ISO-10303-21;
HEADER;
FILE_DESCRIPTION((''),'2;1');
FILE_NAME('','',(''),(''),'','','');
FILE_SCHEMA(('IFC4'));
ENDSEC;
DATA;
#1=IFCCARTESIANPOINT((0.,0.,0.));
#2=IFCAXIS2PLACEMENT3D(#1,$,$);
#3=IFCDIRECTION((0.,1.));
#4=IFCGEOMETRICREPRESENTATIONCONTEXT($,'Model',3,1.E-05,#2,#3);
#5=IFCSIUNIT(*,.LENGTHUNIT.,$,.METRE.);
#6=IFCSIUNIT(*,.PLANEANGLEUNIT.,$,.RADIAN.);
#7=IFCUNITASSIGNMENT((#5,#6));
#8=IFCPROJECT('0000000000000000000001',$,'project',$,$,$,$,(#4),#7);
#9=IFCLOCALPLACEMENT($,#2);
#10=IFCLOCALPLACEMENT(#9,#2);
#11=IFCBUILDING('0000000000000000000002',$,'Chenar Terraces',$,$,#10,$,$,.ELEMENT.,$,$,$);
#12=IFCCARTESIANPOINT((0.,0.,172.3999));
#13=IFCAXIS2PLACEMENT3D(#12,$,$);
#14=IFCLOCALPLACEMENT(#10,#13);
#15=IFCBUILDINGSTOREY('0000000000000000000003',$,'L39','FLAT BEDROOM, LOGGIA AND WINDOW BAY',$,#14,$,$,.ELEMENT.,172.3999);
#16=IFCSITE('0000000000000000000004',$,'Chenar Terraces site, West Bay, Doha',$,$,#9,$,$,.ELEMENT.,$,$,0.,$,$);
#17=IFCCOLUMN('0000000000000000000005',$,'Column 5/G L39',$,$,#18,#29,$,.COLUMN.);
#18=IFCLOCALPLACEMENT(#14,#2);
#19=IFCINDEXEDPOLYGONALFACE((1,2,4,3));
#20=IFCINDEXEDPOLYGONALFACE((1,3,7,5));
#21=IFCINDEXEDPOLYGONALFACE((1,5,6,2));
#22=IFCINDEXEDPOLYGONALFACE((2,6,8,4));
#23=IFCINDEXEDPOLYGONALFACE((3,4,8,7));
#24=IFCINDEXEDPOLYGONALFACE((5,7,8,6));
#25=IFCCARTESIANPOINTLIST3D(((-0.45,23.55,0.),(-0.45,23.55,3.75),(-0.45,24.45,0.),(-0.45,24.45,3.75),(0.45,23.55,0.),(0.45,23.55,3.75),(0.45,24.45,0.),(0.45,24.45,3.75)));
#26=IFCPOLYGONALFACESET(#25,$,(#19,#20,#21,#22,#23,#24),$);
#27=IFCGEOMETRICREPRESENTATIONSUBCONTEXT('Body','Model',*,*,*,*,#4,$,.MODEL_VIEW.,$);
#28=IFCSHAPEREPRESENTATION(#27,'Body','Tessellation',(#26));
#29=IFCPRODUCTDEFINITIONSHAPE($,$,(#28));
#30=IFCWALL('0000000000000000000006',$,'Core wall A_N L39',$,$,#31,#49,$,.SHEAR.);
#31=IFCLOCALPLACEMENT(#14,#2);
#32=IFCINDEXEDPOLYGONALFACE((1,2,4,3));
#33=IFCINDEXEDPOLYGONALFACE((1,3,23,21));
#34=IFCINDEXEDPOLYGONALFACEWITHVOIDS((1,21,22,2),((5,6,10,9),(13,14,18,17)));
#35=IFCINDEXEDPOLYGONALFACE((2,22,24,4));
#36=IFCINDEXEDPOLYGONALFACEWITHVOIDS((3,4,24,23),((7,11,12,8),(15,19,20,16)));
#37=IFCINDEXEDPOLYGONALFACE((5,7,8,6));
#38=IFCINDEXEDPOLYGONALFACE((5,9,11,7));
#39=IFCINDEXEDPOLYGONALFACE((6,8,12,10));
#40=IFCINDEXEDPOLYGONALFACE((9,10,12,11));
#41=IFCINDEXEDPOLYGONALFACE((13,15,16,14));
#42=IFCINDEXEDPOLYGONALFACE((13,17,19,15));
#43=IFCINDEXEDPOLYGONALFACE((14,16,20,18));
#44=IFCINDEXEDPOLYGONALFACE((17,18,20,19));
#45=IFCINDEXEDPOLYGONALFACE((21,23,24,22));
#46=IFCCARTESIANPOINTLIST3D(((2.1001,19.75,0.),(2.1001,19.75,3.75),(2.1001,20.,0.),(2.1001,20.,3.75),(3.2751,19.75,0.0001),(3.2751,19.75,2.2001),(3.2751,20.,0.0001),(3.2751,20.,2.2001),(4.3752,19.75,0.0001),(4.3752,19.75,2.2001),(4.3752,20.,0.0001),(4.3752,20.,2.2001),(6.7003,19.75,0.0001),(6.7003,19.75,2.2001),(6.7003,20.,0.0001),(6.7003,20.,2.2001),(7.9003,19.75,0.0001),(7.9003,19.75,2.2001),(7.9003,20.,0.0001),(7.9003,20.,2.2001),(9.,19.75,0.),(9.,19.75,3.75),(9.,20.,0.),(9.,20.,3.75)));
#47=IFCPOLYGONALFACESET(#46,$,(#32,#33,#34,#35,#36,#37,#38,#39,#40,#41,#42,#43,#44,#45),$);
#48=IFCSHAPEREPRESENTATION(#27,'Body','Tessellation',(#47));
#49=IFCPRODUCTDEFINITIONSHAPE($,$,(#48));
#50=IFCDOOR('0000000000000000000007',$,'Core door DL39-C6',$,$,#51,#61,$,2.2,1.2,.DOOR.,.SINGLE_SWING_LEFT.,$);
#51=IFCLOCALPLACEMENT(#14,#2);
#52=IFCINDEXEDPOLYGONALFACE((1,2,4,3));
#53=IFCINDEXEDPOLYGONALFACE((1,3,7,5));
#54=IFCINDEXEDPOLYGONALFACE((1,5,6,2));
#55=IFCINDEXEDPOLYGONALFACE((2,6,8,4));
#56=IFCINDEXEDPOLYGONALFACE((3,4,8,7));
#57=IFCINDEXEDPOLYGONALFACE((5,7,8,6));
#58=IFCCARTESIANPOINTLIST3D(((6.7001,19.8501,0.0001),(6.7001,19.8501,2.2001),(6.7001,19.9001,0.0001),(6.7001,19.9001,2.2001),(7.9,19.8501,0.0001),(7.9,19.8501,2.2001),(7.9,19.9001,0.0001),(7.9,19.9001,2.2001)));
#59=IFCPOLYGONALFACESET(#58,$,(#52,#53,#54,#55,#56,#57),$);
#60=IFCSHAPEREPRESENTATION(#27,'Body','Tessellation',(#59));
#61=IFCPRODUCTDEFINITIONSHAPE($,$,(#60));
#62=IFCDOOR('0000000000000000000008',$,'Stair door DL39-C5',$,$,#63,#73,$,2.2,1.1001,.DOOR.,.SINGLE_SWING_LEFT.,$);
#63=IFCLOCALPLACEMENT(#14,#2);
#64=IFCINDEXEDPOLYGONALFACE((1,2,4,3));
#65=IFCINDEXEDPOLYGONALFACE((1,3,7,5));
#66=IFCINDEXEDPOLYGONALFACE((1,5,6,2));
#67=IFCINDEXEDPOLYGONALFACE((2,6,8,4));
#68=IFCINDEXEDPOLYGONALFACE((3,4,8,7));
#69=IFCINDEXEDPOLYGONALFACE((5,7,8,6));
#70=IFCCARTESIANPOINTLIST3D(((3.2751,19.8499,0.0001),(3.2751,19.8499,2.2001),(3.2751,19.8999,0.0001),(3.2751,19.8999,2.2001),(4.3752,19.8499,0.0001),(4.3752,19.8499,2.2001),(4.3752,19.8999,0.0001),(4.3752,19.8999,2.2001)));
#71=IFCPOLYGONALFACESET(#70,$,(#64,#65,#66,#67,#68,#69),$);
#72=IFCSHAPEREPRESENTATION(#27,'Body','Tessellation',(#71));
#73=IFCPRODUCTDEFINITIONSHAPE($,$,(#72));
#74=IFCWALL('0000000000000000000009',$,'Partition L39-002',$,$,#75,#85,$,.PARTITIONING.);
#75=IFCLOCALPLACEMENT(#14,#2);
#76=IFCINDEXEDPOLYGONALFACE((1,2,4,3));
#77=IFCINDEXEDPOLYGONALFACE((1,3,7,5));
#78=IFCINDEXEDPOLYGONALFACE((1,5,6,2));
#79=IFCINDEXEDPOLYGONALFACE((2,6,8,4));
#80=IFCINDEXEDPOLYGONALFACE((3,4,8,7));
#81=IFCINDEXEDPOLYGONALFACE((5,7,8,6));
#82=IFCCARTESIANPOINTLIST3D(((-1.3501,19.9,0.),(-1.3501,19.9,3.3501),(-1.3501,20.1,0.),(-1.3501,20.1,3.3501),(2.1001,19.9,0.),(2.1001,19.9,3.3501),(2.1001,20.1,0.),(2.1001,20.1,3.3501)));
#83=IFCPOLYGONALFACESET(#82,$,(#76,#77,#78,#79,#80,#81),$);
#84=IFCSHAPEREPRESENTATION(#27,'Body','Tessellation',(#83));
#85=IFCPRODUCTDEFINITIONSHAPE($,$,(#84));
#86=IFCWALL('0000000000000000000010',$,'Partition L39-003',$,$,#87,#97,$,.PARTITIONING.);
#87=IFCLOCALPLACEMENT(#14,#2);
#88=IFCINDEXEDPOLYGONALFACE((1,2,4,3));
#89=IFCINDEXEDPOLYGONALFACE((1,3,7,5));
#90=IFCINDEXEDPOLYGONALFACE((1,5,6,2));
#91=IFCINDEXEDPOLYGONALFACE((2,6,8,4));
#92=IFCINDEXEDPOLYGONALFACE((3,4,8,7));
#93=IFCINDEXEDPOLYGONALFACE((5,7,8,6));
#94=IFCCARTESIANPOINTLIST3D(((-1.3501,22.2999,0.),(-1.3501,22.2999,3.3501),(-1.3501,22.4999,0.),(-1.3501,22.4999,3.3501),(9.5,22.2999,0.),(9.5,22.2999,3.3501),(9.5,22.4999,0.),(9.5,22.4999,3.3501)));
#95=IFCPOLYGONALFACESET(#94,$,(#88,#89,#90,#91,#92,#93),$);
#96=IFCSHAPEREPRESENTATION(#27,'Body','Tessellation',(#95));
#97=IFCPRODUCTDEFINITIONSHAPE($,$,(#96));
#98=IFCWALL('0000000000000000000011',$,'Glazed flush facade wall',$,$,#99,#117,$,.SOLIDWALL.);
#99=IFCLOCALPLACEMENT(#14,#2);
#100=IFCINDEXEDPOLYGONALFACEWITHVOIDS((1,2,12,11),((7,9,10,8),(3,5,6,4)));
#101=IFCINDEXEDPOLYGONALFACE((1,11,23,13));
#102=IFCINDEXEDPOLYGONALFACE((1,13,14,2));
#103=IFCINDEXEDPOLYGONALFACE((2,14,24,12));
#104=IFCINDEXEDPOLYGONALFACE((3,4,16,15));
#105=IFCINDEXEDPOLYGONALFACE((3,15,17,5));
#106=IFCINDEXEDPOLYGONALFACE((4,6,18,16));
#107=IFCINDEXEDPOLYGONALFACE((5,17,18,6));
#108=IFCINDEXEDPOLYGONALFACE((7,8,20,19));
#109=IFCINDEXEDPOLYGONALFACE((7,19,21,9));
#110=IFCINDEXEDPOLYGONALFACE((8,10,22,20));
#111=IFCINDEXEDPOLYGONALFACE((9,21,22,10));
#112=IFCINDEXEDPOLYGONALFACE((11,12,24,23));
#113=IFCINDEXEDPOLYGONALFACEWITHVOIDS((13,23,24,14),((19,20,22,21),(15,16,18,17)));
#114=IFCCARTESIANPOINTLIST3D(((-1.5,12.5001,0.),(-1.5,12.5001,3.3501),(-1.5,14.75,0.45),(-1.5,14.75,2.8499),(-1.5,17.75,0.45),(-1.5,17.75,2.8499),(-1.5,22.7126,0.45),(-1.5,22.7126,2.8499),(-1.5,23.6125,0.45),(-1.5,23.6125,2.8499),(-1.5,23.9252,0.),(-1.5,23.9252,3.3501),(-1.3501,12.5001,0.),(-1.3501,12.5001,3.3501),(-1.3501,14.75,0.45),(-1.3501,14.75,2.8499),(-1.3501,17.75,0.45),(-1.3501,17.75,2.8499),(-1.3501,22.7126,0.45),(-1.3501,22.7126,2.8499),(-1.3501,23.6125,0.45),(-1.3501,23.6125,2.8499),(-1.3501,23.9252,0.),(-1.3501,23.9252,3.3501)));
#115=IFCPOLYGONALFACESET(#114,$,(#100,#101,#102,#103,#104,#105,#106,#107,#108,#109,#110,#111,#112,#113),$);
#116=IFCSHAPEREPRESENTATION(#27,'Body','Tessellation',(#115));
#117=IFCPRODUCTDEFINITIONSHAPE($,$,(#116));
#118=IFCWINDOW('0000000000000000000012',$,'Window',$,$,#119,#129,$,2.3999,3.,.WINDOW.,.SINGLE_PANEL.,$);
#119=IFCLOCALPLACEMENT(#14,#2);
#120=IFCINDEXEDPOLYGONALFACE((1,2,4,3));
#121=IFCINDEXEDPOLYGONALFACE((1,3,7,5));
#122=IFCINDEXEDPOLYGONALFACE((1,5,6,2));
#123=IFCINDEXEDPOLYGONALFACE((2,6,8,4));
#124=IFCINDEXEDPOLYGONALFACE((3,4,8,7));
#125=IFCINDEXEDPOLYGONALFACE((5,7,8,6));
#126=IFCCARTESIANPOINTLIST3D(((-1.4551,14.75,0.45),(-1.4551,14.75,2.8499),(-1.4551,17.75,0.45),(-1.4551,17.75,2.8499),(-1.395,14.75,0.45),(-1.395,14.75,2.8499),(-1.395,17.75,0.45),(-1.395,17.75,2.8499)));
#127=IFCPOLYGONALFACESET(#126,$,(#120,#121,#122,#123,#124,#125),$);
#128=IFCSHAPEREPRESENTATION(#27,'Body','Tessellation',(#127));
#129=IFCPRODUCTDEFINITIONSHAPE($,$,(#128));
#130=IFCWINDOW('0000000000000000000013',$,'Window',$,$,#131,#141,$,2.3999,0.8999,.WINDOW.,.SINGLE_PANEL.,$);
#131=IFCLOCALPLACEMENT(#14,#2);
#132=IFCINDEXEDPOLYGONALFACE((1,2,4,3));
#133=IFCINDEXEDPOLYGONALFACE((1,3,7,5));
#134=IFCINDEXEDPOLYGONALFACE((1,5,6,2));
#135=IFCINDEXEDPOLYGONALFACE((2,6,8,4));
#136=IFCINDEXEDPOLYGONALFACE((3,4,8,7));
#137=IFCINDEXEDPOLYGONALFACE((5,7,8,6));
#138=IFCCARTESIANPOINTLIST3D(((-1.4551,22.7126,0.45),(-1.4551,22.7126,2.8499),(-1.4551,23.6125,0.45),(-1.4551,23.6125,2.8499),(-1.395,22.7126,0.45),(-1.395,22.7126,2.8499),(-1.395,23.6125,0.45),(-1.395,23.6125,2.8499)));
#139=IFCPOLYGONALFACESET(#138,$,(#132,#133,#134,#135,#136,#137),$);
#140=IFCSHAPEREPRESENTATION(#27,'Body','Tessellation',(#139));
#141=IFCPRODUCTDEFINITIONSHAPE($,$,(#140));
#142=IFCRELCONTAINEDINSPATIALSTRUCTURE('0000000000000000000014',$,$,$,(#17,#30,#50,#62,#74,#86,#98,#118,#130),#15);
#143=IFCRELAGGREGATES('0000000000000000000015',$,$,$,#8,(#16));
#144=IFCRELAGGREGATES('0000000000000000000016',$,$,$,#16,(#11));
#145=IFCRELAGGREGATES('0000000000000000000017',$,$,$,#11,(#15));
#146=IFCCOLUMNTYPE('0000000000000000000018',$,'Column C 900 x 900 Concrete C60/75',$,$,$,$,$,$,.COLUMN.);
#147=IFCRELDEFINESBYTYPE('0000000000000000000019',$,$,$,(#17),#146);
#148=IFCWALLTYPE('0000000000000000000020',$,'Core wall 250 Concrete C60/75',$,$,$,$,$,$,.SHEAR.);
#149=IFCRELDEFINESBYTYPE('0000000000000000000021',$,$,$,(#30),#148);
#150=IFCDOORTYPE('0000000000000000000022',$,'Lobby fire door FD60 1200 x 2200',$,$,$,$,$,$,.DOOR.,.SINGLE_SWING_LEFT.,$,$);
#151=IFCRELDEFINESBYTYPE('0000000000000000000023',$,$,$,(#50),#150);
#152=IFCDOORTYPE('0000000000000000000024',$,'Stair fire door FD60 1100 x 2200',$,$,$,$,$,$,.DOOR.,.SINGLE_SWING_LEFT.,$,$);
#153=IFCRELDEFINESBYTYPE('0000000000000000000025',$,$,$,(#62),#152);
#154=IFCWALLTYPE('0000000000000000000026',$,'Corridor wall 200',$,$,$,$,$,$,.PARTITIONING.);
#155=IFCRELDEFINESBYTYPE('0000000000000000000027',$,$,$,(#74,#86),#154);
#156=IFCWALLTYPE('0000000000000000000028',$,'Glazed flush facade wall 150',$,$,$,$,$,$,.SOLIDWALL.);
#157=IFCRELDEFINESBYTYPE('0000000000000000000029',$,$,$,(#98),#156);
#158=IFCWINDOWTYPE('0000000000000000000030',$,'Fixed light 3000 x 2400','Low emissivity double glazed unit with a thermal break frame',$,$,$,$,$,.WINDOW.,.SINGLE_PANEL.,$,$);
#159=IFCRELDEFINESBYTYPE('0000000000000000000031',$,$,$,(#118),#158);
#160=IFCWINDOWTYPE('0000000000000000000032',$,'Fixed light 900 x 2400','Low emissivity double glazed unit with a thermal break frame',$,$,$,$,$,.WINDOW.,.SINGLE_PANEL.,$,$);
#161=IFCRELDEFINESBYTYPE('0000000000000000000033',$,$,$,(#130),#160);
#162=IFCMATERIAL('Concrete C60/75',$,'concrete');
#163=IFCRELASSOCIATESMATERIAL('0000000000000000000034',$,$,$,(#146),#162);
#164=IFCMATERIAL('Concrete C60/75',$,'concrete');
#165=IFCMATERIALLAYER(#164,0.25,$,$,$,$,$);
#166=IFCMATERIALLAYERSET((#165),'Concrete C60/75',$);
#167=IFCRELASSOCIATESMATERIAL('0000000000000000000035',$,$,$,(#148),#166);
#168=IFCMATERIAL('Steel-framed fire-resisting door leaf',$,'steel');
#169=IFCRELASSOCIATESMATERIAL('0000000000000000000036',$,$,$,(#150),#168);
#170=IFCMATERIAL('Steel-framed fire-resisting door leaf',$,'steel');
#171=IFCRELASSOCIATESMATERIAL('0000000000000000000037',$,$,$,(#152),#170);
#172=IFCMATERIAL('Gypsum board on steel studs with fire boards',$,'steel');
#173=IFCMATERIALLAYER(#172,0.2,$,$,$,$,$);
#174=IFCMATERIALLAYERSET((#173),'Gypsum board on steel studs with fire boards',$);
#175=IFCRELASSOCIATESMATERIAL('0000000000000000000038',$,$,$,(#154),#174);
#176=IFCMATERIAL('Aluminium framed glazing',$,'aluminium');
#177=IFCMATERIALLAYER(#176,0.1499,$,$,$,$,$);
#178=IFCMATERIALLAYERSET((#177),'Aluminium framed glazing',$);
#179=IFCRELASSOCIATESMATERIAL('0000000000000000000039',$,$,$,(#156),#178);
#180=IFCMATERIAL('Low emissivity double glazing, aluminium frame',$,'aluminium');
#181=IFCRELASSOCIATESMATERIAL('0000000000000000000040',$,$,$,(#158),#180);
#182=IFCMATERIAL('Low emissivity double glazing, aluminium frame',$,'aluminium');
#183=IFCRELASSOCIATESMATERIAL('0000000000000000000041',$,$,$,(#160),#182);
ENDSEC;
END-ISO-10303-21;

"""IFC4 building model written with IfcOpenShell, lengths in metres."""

from ifc_helpers import new_model, si_unit, direction, frame, frame_2d, origin, origin_2d, place, context, subcontext, project, spatial, rectangle, extrude, material, layer, layer_set, material_profile, profile_set, type_object, element, fill, save


model = new_model("IFC4")

# Units and contexts
model_context = context("Model", 3, precision=1e-05, world=origin(), true_north=direction((0.0, 1.0)))
body_context = subcontext(model_context, "Body", "Model", "MODEL_VIEW")
ifc_project = project(units=[si_unit("LENGTHUNIT", "METRE"), si_unit("PLANEANGLEUNIT", "RADIAN")], contexts=[model_context])

# Site, building, storey
site_placement = place(None, origin())
site = spatial("IfcSite", under=ifc_project, at=site_placement, Name="Chenar Terraces site, West Bay, Doha", CompositionType="ELEMENT", RefElevation=0.0)
building_placement = place(site_placement, origin())
building = spatial("IfcBuilding", under=site, at=building_placement, Name="Chenar Terraces", CompositionType="ELEMENT")
storey_placement = place(building_placement, frame((0.0, 0.0, 172.3999)))
storey = spatial("IfcBuildingStorey", under=building, at=storey_placement, Name="L39", Description="FLAT BEDROOM, LOGGIA AND WINDOW BAY", CompositionType="ELEMENT", Elevation=172.3999)

# Column
ifc_material_1 = material(Name="Concrete C60/75", Category="concrete")
ifc_material_profile_1 = material_profile(ifc_material_1, rectangle(XDim=0.8999, YDim=0.8999, at=origin_2d()), Name="C 900 x 900")
ifc_profile_set_1 = profile_set([ifc_material_profile_1], Name="Concrete C60/75")
column_type = type_object("IfcColumnType", Name="Column C 900 x 900 Concrete C60/75", PredefinedType="COLUMN", material=ifc_profile_set_1)
column_placement = place(storey_placement, frame((0.0, 24.0, 0.0), z_axis=(0.0, 0.0, 1.0), x_axis=(1.0, 0.0, 0.0)))
element("IfcColumn", 1, at=column_placement, inside=storey, type_object=column_type, Name="Column 5/G L39", PredefinedType="COLUMN", context=body_context, shape_type="SweptSolid", body=[
    extrude(rectangle(XDim=0.8999, YDim=0.8999, at=origin_2d()), origin(), (0.0, 0.0, 1.0), 3.75),
])

# Wall, openings, doors
ifc_material_2 = material(Name="Concrete C60/75", Category="concrete")
ifc_layer_1 = layer(ifc_material_2, 0.25)
ifc_layer_set_1 = layer_set([ifc_layer_1], Name="Concrete C60/75")
wall_type_1 = type_object("IfcWallType", Name="Core wall 250 Concrete C60/75", PredefinedType="SHEAR", material=ifc_layer_set_1)
wall_1_placement = place(storey_placement, frame((2.1001, 19.875, 0.0), z_axis=(0.0, 0.0, 1.0), x_axis=(1.0, 0.0, 0.0)))
wall_1 = element("IfcWall", 2, at=wall_1_placement, inside=storey, type_object=wall_type_1, Name="Core wall A_N L39", PredefinedType="SHEAR", context=body_context, shape_type="SweptSolid", body=[
    extrude(rectangle(XDim=6.8999, YDim=0.25, at=frame_2d((3.45, 0.0))), origin(), (0.0, 0.0, 1.0), 3.75),
])
opening_1_placement = place(wall_1_placement, frame((1.175, 0.0, 0.0)))
opening_1 = element("IfcOpeningElement", 3, at=opening_1_placement, cuts=wall_1, PredefinedType="OPENING", context=body_context, shape_type="SweptSolid", body=[
    extrude(rectangle(XDim=1.1001, YDim=2.2, at=frame_2d((0.55, 1.1001))), frame((0.0, 0.135, 0.0), z_axis=(0.0, -1.0, 0.0), x_axis=(1.0, 0.0, 0.0)), (0.0, 0.0, 1.0), 0.27),
])
opening_2_placement = place(wall_1_placement, frame((4.6001, 0.0, 0.0)))
opening_2 = element("IfcOpeningElement", 4, at=opening_2_placement, cuts=wall_1, PredefinedType="OPENING", context=body_context, shape_type="SweptSolid", body=[
    extrude(rectangle(XDim=1.2, YDim=2.2, at=frame_2d((0.6001, 1.1001))), frame((0.0, 0.135, 0.0), z_axis=(0.0, -1.0, 0.0), x_axis=(1.0, 0.0, 0.0)), (0.0, 0.0, 1.0), 0.27),
])
ifc_material_3 = material(Name="Steel-framed fire-resisting door leaf", Category="steel")
door_type_1 = type_object("IfcDoorType", Name="Lobby fire door FD60 1200 x 2200", OperationType="SINGLE_SWING_LEFT", PredefinedType="DOOR", material=ifc_material_3)
door_1_placement = place(opening_2_placement, frame((1.2, 0.0, 0.0), z_axis=(0.0, 0.0, 1.0), x_axis=(-1.0, 0.0, 0.0)))
door_1 = element("IfcDoor", 5, at=door_1_placement, inside=storey, type_object=door_type_1, Name="Core door DL39-C6", OperationType="SINGLE_SWING_LEFT", OverallHeight=2.2, OverallWidth=1.2, PredefinedType="DOOR", context=body_context, shape_type="SweptSolid", body=[
    extrude(rectangle(XDim=1.2, YDim=2.2, at=frame_2d((0.6001, 1.1001))), frame((0.0, 0.0249, 0.0), z_axis=(0.0, -1.0, 0.0), x_axis=(1.0, 0.0, 0.0)), (0.0, 0.0, 1.0), 0.05),
])
fill(opening_2, door_1)
ifc_material_4 = material(Name="Steel-framed fire-resisting door leaf", Category="steel")
door_type_2 = type_object("IfcDoorType", Name="Stair fire door FD60 1100 x 2200", OperationType="SINGLE_SWING_LEFT", PredefinedType="DOOR", material=ifc_material_4)
door_2_placement = place(opening_1_placement, origin())
door_2 = element("IfcDoor", 6, at=door_2_placement, inside=storey, type_object=door_type_2, Name="Stair door DL39-C5", OperationType="SINGLE_SWING_LEFT", OverallHeight=2.2, OverallWidth=1.1001, PredefinedType="DOOR", context=body_context, shape_type="SweptSolid", body=[
    extrude(rectangle(XDim=1.1001, YDim=2.2, at=frame_2d((0.55, 1.1001))), frame((0.0, 0.0249, 0.0), z_axis=(0.0, -1.0, 0.0), x_axis=(1.0, 0.0, 0.0)), (0.0, 0.0, 1.0), 0.05),
])
fill(opening_1, door_2)

# Walls
ifc_material_5 = material(Name="Gypsum board on steel studs with fire boards", Category="steel")
ifc_layer_2 = layer(ifc_material_5, 0.2)
ifc_layer_set_2 = layer_set([ifc_layer_2], Name="Gypsum board on steel studs with fire boards")
wall_type_2 = type_object("IfcWallType", Name="Corridor wall 200", PredefinedType="PARTITIONING", material=ifc_layer_set_2)
wall_2_placement = place(storey_placement, frame((-1.3501, 20.0, 0.0), z_axis=(0.0, 0.0, 1.0), x_axis=(1.0, 0.0, 0.0)))
element("IfcWall", 7, at=wall_2_placement, inside=storey, type_object=wall_type_2, Name="Partition L39-002", PredefinedType="PARTITIONING", context=body_context, shape_type="SweptSolid", body=[
    extrude(rectangle(XDim=3.4502, YDim=0.2, at=frame_2d((1.7251, 0.0))), origin(), (0.0, 0.0, 1.0), 3.3501),
])
wall_3_placement = place(storey_placement, frame((-1.3501, 22.3999, 0.0), z_axis=(0.0, 0.0, 1.0), x_axis=(1.0, 0.0, 0.0)))
element("IfcWall", 8, at=wall_3_placement, inside=storey, type_object=wall_type_2, Name="Partition L39-003", PredefinedType="PARTITIONING", context=body_context, shape_type="SweptSolid", body=[
    extrude(rectangle(XDim=10.8501, YDim=0.2, at=frame_2d((5.425, 0.0))), origin(), (0.0, 0.0, 1.0), 3.3501),
])

# Wall, openings, windows
ifc_material_6 = material(Name="Aluminium framed glazing", Category="aluminium")
ifc_layer_3 = layer(ifc_material_6, 0.1499)
ifc_layer_set_3 = layer_set([ifc_layer_3], Name="Aluminium framed glazing")
wall_type_3 = type_object("IfcWallType", Name="Glazed flush facade wall 150", PredefinedType="SOLIDWALL", material=ifc_layer_set_3)
wall_4_placement = place(storey_placement, frame((-1.425, 23.925, 0.0), z_axis=(0.0, 0.0, 1.0), x_axis=(0.0, -1.0, 0.0)))
wall_4 = element("IfcWall", 9, at=wall_4_placement, inside=storey, type_object=wall_type_3, Name="Glazed flush facade wall", PredefinedType="SOLIDWALL", context=body_context, shape_type="SweptSolid", body=[
    extrude(rectangle(XDim=11.425, YDim=0.1499, at=frame_2d((5.7124, 0.0))), origin(), (0.0, 0.0, 1.0), 3.3501),
])
opening_3_placement = place(wall_4_placement, frame((0.3125, 0.0, 0.45)))
opening_3 = element("IfcOpeningElement", 10, at=opening_3_placement, cuts=wall_4, PredefinedType="OPENING", context=body_context, shape_type="SweptSolid", body=[
    extrude(rectangle(XDim=0.8999, YDim=2.3999, at=frame_2d((0.45, 1.2))), frame((0.0, 0.085, 0.0), z_axis=(0.0, -1.0, 0.0), x_axis=(1.0, 0.0, 0.0)), (0.0, 0.0, 1.0), 0.1699),
])
opening_4_placement = place(wall_4_placement, frame((6.175, 0.0, 0.45)))
opening_4 = element("IfcOpeningElement", 11, at=opening_4_placement, cuts=wall_4, PredefinedType="OPENING", context=body_context, shape_type="SweptSolid", body=[
    extrude(rectangle(XDim=3.0, YDim=2.3999, at=frame_2d((1.5, 1.2))), frame((0.0, 0.085, 0.0), z_axis=(0.0, -1.0, 0.0), x_axis=(1.0, 0.0, 0.0)), (0.0, 0.0, 1.0), 0.1699),
])
ifc_material_7 = material(Name="Low emissivity double glazing, aluminium frame", Category="aluminium")
window_type_1 = type_object("IfcWindowType", Name="Fixed light 3000 x 2400", Description="Low emissivity double glazed unit with a thermal break frame", PartitioningType="SINGLE_PANEL", PredefinedType="WINDOW", material=ifc_material_7)
window_1_placement = place(opening_4_placement, origin())
window_1 = element("IfcWindow", 12, at=window_1_placement, inside=storey, type_object=window_type_1, Name="Window", OverallHeight=2.3999, OverallWidth=3.0, PartitioningType="SINGLE_PANEL", PredefinedType="WINDOW", context=body_context, shape_type="SweptSolid", body=[
    extrude(rectangle(XDim=3.0, YDim=2.3999, at=frame_2d((1.5, 1.2))), frame((0.0, 0.03, 0.0), z_axis=(0.0, -1.0, 0.0), x_axis=(1.0, 0.0, 0.0)), (0.0, 0.0, 1.0), 0.0601),
])
fill(opening_4, window_1)
ifc_material_8 = material(Name="Low emissivity double glazing, aluminium frame", Category="aluminium")
window_type_2 = type_object("IfcWindowType", Name="Fixed light 900 x 2400", Description="Low emissivity double glazed unit with a thermal break frame", PartitioningType="SINGLE_PANEL", PredefinedType="WINDOW", material=ifc_material_8)
window_2_placement = place(opening_3_placement, origin())
window_2 = element("IfcWindow", 13, at=window_2_placement, inside=storey, type_object=window_type_2, Name="Window", OverallHeight=2.3999, OverallWidth=0.8999, PartitioningType="SINGLE_PANEL", PredefinedType="WINDOW", context=body_context, shape_type="SweptSolid", body=[
    extrude(rectangle(XDim=0.8999, YDim=2.3999, at=frame_2d((0.45, 1.2))), frame((0.0, 0.03, 0.0), z_axis=(0.0, -1.0, 0.0), x_axis=(1.0, 0.0, 0.0)), (0.0, 0.0, 1.0), 0.0601),
])
fill(opening_3, window_2)

save(model, "model.ifc")
